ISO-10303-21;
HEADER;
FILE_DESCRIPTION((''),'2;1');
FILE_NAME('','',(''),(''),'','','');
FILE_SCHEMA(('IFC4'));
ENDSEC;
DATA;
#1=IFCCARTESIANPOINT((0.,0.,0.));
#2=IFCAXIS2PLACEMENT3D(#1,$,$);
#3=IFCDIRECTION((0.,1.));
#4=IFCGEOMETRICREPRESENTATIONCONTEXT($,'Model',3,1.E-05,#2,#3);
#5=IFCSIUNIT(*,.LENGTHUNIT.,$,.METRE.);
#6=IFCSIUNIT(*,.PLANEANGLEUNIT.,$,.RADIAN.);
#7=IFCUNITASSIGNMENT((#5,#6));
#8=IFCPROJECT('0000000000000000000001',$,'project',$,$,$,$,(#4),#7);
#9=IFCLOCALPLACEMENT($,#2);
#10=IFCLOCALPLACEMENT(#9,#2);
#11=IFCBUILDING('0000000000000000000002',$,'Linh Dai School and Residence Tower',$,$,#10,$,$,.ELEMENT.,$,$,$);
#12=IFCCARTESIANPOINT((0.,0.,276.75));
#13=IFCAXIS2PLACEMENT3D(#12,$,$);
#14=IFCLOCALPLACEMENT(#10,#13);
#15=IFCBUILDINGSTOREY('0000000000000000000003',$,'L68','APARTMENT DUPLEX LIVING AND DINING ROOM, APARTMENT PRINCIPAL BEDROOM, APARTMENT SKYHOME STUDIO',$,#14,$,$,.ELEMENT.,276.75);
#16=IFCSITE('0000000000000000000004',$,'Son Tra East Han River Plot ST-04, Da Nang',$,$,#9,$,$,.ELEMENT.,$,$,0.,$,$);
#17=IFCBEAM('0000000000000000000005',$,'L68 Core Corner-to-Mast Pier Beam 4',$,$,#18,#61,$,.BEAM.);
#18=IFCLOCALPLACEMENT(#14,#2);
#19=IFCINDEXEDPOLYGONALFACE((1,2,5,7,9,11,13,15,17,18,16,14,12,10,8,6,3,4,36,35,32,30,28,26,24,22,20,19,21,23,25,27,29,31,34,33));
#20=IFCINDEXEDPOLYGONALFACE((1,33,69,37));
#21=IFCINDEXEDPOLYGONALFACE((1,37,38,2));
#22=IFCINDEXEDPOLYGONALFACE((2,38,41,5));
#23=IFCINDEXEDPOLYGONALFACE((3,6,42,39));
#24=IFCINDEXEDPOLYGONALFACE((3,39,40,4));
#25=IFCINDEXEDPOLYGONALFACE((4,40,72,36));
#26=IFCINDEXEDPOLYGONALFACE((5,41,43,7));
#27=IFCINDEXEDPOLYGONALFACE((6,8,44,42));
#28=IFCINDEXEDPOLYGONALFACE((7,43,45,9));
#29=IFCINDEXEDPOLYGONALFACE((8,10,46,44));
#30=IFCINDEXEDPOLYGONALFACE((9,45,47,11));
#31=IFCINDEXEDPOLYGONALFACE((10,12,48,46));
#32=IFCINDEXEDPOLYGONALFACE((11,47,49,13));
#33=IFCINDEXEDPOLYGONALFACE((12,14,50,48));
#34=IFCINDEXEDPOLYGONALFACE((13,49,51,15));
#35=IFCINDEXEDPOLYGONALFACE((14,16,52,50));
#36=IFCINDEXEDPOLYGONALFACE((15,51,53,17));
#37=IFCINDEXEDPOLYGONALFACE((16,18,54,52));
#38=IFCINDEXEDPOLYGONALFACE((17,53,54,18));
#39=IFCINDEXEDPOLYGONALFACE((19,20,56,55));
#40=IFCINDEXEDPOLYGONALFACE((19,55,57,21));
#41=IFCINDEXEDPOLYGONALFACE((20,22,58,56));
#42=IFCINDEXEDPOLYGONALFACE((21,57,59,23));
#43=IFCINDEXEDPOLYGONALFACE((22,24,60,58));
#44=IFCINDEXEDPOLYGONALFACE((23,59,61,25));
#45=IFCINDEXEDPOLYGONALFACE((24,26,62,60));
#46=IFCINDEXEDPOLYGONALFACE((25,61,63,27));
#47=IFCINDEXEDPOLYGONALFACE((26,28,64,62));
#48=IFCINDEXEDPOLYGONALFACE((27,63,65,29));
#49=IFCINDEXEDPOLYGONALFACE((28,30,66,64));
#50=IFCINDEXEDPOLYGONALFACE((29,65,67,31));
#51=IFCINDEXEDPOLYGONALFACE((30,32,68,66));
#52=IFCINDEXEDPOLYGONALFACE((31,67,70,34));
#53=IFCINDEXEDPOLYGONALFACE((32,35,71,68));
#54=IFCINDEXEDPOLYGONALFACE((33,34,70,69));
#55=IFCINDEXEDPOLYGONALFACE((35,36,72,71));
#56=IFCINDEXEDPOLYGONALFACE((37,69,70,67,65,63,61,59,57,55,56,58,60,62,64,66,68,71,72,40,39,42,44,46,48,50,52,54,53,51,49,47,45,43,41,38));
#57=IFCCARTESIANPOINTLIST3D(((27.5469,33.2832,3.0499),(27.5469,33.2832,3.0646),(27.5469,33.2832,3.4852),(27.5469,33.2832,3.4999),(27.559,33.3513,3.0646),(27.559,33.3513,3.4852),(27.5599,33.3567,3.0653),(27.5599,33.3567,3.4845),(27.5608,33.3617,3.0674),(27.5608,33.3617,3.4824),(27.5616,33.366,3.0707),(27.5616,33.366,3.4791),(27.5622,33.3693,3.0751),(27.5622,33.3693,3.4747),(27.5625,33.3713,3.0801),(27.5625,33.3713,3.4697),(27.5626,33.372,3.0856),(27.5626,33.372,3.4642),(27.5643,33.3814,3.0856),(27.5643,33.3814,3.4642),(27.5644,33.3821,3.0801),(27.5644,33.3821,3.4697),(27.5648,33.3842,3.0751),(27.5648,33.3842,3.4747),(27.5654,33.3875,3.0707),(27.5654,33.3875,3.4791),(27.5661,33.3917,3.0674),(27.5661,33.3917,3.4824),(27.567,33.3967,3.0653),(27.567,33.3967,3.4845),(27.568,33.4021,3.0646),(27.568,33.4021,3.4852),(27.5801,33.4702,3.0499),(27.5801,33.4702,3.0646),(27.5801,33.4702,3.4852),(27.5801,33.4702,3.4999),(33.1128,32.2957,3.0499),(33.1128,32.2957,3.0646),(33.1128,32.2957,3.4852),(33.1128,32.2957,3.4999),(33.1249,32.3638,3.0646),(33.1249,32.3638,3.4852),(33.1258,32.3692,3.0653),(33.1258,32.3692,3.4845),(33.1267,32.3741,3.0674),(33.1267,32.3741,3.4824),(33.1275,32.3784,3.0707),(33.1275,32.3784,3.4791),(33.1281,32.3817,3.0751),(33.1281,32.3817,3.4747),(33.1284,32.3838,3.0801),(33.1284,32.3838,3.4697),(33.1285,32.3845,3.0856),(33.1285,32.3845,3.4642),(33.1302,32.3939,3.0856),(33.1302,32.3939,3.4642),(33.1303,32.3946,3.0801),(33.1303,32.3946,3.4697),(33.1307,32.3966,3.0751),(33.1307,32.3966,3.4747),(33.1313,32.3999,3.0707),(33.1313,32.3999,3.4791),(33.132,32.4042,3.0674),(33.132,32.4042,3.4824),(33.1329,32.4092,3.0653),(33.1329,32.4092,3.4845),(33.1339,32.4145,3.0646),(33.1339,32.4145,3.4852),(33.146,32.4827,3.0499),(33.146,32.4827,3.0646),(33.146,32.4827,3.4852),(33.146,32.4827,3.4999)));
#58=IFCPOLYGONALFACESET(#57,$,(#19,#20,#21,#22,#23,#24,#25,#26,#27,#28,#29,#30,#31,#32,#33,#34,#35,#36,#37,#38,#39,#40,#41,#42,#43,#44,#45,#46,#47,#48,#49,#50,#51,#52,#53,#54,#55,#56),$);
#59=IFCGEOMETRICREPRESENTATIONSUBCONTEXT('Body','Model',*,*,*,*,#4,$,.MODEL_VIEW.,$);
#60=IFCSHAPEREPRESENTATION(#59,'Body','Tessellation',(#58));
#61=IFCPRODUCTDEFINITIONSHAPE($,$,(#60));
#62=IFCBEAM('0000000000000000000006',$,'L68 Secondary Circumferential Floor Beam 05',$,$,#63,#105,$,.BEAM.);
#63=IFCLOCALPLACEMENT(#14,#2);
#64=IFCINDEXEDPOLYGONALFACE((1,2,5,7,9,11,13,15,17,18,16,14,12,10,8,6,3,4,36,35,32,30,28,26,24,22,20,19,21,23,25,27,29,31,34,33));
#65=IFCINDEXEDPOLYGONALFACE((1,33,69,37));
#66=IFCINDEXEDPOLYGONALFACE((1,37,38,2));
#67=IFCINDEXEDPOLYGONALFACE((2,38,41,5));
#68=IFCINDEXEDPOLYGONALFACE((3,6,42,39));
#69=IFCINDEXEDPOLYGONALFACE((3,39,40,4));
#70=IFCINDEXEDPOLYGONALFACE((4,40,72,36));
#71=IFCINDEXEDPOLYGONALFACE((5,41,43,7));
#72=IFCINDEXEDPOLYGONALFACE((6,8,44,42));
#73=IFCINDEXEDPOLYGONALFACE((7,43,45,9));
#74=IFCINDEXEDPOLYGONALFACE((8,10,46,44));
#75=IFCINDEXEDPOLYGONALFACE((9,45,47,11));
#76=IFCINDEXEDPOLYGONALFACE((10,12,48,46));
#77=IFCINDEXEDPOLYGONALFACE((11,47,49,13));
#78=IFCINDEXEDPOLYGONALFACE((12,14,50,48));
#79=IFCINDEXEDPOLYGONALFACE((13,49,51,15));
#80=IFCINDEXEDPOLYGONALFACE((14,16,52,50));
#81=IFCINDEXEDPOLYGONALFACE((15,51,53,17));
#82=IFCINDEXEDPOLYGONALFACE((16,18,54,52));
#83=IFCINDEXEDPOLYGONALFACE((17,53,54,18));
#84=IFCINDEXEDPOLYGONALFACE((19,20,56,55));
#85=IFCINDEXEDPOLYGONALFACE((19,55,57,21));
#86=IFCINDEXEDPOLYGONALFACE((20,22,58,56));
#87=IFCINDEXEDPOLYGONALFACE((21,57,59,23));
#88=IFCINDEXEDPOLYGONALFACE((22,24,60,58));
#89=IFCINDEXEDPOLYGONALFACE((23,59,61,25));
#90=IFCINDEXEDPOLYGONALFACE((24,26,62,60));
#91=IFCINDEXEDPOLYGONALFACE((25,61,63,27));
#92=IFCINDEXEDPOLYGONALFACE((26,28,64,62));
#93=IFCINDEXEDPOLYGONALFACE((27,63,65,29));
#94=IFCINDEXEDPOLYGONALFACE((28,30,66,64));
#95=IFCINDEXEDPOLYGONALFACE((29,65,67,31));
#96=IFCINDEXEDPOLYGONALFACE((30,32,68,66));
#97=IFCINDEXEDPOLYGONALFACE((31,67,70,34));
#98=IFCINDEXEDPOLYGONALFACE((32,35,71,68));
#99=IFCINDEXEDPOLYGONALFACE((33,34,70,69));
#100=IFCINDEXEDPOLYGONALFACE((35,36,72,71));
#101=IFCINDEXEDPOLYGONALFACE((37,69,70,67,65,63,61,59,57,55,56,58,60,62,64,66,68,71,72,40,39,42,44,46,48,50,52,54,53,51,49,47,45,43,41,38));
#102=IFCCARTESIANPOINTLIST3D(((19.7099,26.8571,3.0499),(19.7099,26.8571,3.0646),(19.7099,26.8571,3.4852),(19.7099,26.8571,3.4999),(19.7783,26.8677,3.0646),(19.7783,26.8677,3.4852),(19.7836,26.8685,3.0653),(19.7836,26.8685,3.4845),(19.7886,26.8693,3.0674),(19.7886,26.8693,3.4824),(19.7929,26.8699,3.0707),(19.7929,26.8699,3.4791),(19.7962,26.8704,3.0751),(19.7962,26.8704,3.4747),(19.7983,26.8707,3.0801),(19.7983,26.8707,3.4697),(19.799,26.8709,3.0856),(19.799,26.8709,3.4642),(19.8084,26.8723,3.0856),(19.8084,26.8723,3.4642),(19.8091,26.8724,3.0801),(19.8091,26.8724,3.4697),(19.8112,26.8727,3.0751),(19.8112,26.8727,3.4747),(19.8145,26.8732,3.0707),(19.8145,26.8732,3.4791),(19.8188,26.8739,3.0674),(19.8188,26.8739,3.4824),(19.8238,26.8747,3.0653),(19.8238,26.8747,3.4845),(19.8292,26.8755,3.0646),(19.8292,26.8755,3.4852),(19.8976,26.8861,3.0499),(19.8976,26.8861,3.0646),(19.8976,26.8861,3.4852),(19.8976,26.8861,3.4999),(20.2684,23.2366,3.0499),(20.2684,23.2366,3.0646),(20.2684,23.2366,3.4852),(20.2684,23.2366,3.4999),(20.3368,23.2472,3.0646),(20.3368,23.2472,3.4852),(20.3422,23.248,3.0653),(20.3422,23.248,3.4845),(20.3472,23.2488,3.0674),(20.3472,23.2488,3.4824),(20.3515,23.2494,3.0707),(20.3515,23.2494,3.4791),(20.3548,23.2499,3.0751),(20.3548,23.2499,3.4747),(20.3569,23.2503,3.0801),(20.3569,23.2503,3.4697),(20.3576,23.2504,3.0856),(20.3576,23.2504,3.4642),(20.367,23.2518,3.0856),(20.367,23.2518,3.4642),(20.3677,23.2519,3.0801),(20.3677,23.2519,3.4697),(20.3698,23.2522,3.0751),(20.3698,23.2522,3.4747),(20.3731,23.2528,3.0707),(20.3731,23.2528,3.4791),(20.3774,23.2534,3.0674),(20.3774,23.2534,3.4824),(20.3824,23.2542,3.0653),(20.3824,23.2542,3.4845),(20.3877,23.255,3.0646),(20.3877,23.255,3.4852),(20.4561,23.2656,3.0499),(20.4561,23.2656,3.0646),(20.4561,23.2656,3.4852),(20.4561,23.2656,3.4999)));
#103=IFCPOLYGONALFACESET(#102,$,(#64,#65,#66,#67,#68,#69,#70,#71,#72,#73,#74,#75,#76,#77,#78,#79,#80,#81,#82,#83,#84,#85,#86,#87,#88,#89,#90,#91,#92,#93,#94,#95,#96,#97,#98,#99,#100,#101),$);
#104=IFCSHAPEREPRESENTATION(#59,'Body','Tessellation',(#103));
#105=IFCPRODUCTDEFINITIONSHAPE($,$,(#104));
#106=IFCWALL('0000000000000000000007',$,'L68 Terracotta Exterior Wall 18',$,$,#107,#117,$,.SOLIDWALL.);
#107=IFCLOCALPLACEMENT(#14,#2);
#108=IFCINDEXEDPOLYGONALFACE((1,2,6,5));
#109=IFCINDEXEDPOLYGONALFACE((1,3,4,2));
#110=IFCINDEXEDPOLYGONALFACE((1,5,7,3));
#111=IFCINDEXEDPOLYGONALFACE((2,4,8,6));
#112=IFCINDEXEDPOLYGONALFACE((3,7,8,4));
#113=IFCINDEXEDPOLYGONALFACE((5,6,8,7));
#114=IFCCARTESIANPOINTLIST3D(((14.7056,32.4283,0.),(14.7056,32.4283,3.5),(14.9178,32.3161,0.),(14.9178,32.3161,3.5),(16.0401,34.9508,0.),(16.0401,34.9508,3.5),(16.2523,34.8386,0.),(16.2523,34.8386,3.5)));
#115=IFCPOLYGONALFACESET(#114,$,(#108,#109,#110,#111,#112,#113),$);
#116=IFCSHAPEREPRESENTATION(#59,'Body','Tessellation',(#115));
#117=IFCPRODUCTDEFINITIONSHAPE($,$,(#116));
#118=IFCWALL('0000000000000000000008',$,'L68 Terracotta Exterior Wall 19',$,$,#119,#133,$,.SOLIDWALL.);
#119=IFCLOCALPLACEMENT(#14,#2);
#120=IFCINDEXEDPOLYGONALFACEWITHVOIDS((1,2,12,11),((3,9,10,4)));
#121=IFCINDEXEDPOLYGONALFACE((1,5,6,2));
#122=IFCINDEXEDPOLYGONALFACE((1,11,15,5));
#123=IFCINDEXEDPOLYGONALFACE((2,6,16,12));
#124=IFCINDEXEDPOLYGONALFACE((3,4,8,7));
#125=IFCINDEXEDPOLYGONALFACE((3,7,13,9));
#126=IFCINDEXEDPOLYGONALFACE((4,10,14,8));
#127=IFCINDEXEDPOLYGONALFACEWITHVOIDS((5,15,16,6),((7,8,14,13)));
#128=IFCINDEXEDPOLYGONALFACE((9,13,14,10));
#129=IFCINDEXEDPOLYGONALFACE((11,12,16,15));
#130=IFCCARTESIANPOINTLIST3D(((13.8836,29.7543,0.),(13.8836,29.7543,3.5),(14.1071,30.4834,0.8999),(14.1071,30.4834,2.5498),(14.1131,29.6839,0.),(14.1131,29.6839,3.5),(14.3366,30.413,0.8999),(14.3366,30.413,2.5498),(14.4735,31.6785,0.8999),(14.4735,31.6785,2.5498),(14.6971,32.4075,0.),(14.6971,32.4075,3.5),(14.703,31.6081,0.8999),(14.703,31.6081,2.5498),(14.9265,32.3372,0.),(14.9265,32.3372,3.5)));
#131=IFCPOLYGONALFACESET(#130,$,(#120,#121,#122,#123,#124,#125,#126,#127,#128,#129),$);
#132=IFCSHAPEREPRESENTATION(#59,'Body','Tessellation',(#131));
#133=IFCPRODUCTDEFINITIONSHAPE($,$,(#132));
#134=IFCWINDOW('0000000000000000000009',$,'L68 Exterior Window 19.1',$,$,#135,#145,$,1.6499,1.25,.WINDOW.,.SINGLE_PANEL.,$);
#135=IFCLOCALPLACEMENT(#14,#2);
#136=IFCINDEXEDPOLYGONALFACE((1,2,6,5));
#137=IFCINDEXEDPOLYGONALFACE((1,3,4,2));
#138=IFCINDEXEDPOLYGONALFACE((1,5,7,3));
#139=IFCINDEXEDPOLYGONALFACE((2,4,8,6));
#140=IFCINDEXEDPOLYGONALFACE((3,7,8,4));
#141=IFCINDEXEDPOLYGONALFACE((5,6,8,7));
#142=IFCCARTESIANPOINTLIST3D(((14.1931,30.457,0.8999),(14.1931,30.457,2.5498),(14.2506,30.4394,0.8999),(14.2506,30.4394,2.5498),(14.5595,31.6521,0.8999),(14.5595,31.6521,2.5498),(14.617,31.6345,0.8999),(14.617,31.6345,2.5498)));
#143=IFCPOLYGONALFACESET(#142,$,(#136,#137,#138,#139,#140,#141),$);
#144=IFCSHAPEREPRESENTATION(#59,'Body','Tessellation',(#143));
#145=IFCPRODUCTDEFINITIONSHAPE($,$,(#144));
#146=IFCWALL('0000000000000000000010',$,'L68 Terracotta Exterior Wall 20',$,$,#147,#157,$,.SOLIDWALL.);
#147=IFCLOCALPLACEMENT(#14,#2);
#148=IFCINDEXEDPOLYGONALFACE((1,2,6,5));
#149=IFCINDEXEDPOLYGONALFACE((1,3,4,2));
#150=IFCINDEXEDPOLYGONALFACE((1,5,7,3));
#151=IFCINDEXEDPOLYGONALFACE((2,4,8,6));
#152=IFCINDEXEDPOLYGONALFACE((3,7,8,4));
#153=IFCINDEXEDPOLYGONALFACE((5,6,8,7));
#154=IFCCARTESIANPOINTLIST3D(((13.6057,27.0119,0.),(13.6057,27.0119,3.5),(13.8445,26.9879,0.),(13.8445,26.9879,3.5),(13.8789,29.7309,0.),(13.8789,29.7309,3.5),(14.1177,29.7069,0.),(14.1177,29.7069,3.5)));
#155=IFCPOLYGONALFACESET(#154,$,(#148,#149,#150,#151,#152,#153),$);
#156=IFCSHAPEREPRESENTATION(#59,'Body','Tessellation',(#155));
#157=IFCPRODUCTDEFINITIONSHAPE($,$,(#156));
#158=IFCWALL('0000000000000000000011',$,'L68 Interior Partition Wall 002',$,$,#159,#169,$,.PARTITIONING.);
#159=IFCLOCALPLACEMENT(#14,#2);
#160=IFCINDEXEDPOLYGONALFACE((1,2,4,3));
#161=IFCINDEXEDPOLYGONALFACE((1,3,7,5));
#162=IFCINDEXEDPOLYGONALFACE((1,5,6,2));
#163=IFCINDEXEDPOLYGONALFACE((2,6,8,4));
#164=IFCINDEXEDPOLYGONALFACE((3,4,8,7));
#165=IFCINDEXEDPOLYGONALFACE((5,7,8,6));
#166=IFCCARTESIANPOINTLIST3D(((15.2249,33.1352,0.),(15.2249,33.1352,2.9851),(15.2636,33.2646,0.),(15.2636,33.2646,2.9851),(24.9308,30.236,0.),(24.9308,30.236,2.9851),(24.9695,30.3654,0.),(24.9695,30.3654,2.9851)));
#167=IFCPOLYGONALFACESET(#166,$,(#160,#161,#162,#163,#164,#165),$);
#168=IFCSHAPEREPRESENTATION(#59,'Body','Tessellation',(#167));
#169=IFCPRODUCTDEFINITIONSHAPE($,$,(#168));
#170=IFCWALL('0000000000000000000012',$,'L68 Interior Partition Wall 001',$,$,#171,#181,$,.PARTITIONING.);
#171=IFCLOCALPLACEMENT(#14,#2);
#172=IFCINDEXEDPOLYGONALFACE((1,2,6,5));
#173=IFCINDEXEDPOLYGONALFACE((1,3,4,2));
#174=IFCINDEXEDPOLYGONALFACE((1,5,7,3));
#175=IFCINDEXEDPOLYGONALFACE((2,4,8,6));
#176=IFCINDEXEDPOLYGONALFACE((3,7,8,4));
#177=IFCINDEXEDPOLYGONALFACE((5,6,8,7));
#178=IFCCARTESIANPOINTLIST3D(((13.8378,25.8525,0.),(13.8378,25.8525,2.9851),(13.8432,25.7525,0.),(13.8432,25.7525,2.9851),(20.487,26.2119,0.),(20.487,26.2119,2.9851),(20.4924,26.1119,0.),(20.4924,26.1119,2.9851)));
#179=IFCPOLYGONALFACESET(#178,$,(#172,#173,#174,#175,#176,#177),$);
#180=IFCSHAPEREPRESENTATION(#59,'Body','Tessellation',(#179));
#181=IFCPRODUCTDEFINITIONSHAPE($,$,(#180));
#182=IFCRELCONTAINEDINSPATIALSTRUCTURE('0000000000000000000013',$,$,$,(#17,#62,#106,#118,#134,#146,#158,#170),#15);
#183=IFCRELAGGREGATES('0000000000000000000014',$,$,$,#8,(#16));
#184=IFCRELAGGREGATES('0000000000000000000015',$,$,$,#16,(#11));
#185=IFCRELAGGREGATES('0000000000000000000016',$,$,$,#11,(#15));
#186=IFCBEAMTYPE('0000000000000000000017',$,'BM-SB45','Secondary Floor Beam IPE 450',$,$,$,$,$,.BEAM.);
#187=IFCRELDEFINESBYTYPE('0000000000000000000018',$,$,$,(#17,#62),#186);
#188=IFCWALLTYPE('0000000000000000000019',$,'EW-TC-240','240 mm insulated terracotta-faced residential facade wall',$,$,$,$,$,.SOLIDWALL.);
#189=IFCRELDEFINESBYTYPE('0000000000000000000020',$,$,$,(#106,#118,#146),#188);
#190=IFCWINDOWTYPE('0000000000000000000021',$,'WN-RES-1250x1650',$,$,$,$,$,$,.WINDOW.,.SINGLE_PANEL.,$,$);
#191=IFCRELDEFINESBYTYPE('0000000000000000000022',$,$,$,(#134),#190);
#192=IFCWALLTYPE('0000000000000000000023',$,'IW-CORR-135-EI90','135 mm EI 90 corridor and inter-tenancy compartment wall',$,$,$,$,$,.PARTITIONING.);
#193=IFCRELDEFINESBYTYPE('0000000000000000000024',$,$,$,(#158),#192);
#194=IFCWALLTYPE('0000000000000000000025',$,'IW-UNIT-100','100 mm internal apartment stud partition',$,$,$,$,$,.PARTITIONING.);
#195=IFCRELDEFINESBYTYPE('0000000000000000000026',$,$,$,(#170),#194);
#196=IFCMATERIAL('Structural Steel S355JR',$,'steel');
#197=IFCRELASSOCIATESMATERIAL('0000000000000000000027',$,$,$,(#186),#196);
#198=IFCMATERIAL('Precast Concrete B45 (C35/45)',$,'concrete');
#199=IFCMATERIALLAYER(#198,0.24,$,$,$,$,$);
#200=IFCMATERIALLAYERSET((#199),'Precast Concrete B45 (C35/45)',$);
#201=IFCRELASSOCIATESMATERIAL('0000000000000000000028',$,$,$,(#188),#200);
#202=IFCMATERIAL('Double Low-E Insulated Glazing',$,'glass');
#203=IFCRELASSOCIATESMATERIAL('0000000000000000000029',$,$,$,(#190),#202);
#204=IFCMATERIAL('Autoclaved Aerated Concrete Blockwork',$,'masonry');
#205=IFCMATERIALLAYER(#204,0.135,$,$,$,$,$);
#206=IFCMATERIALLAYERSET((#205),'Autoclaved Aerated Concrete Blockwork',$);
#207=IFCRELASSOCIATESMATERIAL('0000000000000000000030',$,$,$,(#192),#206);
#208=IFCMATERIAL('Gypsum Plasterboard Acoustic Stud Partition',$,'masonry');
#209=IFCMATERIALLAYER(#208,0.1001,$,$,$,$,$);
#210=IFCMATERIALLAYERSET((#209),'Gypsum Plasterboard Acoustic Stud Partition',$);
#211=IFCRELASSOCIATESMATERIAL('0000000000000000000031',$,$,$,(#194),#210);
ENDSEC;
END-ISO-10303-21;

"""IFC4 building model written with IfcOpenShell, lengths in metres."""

from ifc_helpers import new_model, si_unit, direction, frame, frame_2d, origin, origin_2d, place, context, subcontext, project, spatial, rectangle, i_section, extrude, source, transform, mapped, material, layer, layer_set, material_profile, profile_set, type_object, element, fill, save


model = new_model("IFC4")

# Units and contexts
model_context = context("Model", 3, precision=1e-05, world=origin(), true_north=direction((0.0, 1.0)))
body_context = subcontext(model_context, "Body", "Model", "MODEL_VIEW")
ifc_project = project(units=[si_unit("LENGTHUNIT", "METRE"), si_unit("PLANEANGLEUNIT", "RADIAN")], contexts=[model_context])

# Site, building, storey
site_placement = place(None, origin())
site = spatial("IfcSite", under=ifc_project, at=site_placement, Name="Son Tra East Han River Plot ST-04, Da Nang", CompositionType="ELEMENT", RefElevation=0.0)
building_placement = place(site_placement, origin())
building = spatial("IfcBuilding", under=site, at=building_placement, Name="Linh Dai School and Residence Tower", CompositionType="ELEMENT")
storey_placement = place(building_placement, frame((0.0, 0.0, 276.75)))
storey = spatial("IfcBuildingStorey", under=building, at=storey_placement, Name="L68", Description="APARTMENT DUPLEX LIVING AND DINING ROOM, APARTMENT PRINCIPAL BEDROOM, APARTMENT SKYHOME STUDIO", CompositionType="ELEMENT", Elevation=276.75)

# Shared definitions
ifc_material_1 = material(Name="Structural Steel S355JR", Category="steel")

# Beams
ifc_material_profile_1 = material_profile(ifc_material_1, i_section(OverallWidth=0.1899, OverallDepth=0.45, WebThickness=0.0095, FlangeThickness=0.0146, FilletRadius=0.021, at=origin_2d()), Name="IPE 450")
ifc_profile_set_1 = profile_set([ifc_material_profile_1], Name="Structural Steel S355JR")
beam_type_1 = type_object("IfcBeamType", Name="BM-SB45", Description="Secondary Floor Beam IPE 450", PredefinedType="BEAM", material=ifc_profile_set_1)
beam_1_placement = place(storey_placement, frame((27.5635, 33.3767, 3.2749), z_axis=(0.984622, -0.174699, 0.0), x_axis=(0.174699, 0.984622, 0.0)))
element("IfcBeam", 1, at=beam_1_placement, inside=storey, type_object=beam_type_1, Name="L68 Core Corner-to-Mast Pier Beam 4", PredefinedType="BEAM", context=body_context, shape_type="SweptSolid", body=[
    extrude(i_section(OverallWidth=0.1899, OverallDepth=0.45, WebThickness=0.0095, FlangeThickness=0.0146, FilletRadius=0.021, at=origin_2d()), origin(), (0.0, 0.0, 1.0), 5.6528),
])
beam_2_placement = place(storey_placement, frame((19.8037, 26.8716, 3.2749), z_axis=(0.152478, -0.988307, 0.0), x_axis=(0.988307, 0.152478, 0.0)))
element("IfcBeam", 2, at=beam_2_placement, inside=storey, type_object=beam_type_1, Name="L68 Secondary Circumferential Floor Beam 05", PredefinedType="BEAM", context=body_context, shape_type="SweptSolid", body=[
    extrude(i_section(OverallWidth=0.1899, OverallDepth=0.45, WebThickness=0.0095, FlangeThickness=0.0146, FilletRadius=0.021, at=origin_2d()), origin(), (0.0, 0.0, 1.0), 3.6633),
])

# Wall
ifc_material_2 = material(Name="Precast Concrete B45 (C35/45)", Category="concrete")
ifc_layer_1 = layer(ifc_material_2, 0.24)
ifc_layer_set_1 = layer_set([ifc_layer_1], Name="Precast Concrete B45 (C35/45)")
wall_type_1 = type_object("IfcWallType", Name="EW-TC-240", Description="240 mm insulated terracotta-faced residential facade wall", PredefinedType="SOLIDWALL", material=ifc_layer_set_1)
wall_1_placement = place(storey_placement, frame((14.8118, 32.3723, 0.0), z_axis=(0.0, 0.0, 1.0), x_axis=(0.467628, 0.883925, 0.0)))
element("IfcWall", 3, at=wall_1_placement, inside=storey, type_object=wall_type_1, Name="L68 Terracotta Exterior Wall 18", PredefinedType="SOLIDWALL", context=body_context, shape_type="SweptSolid", body=[
    extrude(rectangle(XDim=2.8538, YDim=0.24, at=frame_2d((1.4268, 0.0))), origin(), (0.0, 0.0, 1.0), 3.5),
])

# Wall, opening, window
wall_2_placement = place(storey_placement, frame((13.9983, 29.719, 0.0), z_axis=(0.0, 0.0, 1.0), x_axis=(0.293121, 0.956075, 0.0)))
wall_2 = element("IfcWall", 4, at=wall_2_placement, inside=storey, type_object=wall_type_1, Name="L68 Terracotta Exterior Wall 19", PredefinedType="SOLIDWALL", context=body_context, shape_type="SweptSolid", body=[
    extrude(rectangle(XDim=2.7751, YDim=0.24, at=frame_2d((1.3877, 0.0))), origin(), (0.0, 0.0, 1.0), 3.5),
])
opening_1_placement = place(wall_2_placement, frame((0.7627, 0.0, 0.8999)))
opening_1 = element("IfcOpeningElement", 5, at=opening_1_placement, cuts=wall_2, PredefinedType="OPENING", context=body_context, shape_type="SweptSolid", body=[
    extrude(rectangle(XDim=1.25, YDim=1.6499, at=origin_2d()), frame((0.625, 0.1299, 0.825), z_axis=(0.0, -1.0, 0.0), x_axis=(1.0, 0.0, 0.0)), (0.0, 0.0, 1.0), 0.26),
])
ifc_material_3 = material(Name="Double Low-E Insulated Glazing", Category="glass")
window_type = type_object("IfcWindowType", Name="WN-RES-1250x1650", PartitioningType="SINGLE_PANEL", PredefinedType="WINDOW", material=ifc_material_3)
shared_shape_1 = source(origin(), body_context, "Body", "SweptSolid", [
    extrude(rectangle(XDim=1.25, YDim=1.6499, at=origin_2d()), frame((0.625, 0.03, 0.825), z_axis=(0.0, -1.0, 0.0), x_axis=(1.0, 0.0, 0.0)), (0.0, 0.0, 1.0), 0.0601),
])
window_placement = place(opening_1_placement, origin())
window = element("IfcWindow", 6, at=window_placement, inside=storey, type_object=window_type, Name="L68 Exterior Window 19.1", OverallHeight=1.6499, OverallWidth=1.25, PartitioningType="SINGLE_PANEL", PredefinedType="WINDOW", context=body_context, shape_type="MappedRepresentation", body=[
    mapped(shared_shape_1, transform((0.0, 0.0, 0.0), x_axis=(1.0, 0.0, 0.0), y_axis=(0.0, 1.0, 0.0), z_axis=(0.0, 0.0, 1.0), scale=1.0)),
])
fill(opening_1, window)

# Walls
wall_3_placement = place(storey_placement, frame((13.7251, 27.0, 0.0), z_axis=(0.0, 0.0, 1.0), x_axis=(0.099973, 0.99499, 0.0)))
element("IfcWall", 7, at=wall_3_placement, inside=storey, type_object=wall_type_1, Name="L68 Terracotta Exterior Wall 20", PredefinedType="SOLIDWALL", context=body_context, shape_type="SweptSolid", body=[
    extrude(rectangle(XDim=2.7327, YDim=0.24, at=frame_2d((1.3662, 0.0))), origin(), (0.0, 0.0, 1.0), 3.5),
])
ifc_material_4 = material(Name="Autoclaved Aerated Concrete Blockwork", Category="masonry")
ifc_layer_2 = layer(ifc_material_4, 0.135)
ifc_layer_set_2 = layer_set([ifc_layer_2], Name="Autoclaved Aerated Concrete Blockwork")
wall_type_2 = type_object("IfcWallType", Name="IW-CORR-135-EI90", Description="135 mm EI 90 corridor and inter-tenancy compartment wall", PredefinedType="PARTITIONING", material=ifc_layer_set_2)
wall_4_placement = place(storey_placement, frame((15.2441, 33.2, 0.0), z_axis=(0.0, 0.0, 1.0), x_axis=(0.958167, -0.286209, 0.0)))
element("IfcWall", 8, at=wall_4_placement, inside=storey, type_object=wall_type_2, Name="L68 Interior Partition Wall 002", PredefinedType="PARTITIONING", context=body_context, shape_type="SweptSolid", body=[
    extrude(rectangle(XDim=10.1296, YDim=0.135, at=frame_2d((5.0649, 0.0))), origin(), (0.0, 0.0, 1.0), 2.9851),
])
ifc_material_5 = material(Name="Gypsum Plasterboard Acoustic Stud Partition", Category="masonry")
ifc_layer_3 = layer(ifc_material_5, 0.1001)
ifc_layer_set_3 = layer_set([ifc_layer_3], Name="Gypsum Plasterboard Acoustic Stud Partition")
wall_type_3 = type_object("IfcWallType", Name="IW-UNIT-100", Description="100 mm internal apartment stud partition", PredefinedType="PARTITIONING", material=ifc_layer_set_3)
wall_5_placement = place(storey_placement, frame((13.8403, 25.8025, 0.0), z_axis=(0.0, 0.0, 1.0), x_axis=(0.998543, 0.053969, 0.0)))
element("IfcWall", 9, at=wall_5_placement, inside=storey, type_object=wall_type_3, Name="L68 Interior Partition Wall 001", PredefinedType="PARTITIONING", context=body_context, shape_type="SweptSolid", body=[
    extrude(rectangle(XDim=6.6589, YDim=0.1001, at=frame_2d((3.3296, 0.0))), origin(), (0.0, 0.0, 1.0), 2.9851),
])

save(model, "model.ifc")
